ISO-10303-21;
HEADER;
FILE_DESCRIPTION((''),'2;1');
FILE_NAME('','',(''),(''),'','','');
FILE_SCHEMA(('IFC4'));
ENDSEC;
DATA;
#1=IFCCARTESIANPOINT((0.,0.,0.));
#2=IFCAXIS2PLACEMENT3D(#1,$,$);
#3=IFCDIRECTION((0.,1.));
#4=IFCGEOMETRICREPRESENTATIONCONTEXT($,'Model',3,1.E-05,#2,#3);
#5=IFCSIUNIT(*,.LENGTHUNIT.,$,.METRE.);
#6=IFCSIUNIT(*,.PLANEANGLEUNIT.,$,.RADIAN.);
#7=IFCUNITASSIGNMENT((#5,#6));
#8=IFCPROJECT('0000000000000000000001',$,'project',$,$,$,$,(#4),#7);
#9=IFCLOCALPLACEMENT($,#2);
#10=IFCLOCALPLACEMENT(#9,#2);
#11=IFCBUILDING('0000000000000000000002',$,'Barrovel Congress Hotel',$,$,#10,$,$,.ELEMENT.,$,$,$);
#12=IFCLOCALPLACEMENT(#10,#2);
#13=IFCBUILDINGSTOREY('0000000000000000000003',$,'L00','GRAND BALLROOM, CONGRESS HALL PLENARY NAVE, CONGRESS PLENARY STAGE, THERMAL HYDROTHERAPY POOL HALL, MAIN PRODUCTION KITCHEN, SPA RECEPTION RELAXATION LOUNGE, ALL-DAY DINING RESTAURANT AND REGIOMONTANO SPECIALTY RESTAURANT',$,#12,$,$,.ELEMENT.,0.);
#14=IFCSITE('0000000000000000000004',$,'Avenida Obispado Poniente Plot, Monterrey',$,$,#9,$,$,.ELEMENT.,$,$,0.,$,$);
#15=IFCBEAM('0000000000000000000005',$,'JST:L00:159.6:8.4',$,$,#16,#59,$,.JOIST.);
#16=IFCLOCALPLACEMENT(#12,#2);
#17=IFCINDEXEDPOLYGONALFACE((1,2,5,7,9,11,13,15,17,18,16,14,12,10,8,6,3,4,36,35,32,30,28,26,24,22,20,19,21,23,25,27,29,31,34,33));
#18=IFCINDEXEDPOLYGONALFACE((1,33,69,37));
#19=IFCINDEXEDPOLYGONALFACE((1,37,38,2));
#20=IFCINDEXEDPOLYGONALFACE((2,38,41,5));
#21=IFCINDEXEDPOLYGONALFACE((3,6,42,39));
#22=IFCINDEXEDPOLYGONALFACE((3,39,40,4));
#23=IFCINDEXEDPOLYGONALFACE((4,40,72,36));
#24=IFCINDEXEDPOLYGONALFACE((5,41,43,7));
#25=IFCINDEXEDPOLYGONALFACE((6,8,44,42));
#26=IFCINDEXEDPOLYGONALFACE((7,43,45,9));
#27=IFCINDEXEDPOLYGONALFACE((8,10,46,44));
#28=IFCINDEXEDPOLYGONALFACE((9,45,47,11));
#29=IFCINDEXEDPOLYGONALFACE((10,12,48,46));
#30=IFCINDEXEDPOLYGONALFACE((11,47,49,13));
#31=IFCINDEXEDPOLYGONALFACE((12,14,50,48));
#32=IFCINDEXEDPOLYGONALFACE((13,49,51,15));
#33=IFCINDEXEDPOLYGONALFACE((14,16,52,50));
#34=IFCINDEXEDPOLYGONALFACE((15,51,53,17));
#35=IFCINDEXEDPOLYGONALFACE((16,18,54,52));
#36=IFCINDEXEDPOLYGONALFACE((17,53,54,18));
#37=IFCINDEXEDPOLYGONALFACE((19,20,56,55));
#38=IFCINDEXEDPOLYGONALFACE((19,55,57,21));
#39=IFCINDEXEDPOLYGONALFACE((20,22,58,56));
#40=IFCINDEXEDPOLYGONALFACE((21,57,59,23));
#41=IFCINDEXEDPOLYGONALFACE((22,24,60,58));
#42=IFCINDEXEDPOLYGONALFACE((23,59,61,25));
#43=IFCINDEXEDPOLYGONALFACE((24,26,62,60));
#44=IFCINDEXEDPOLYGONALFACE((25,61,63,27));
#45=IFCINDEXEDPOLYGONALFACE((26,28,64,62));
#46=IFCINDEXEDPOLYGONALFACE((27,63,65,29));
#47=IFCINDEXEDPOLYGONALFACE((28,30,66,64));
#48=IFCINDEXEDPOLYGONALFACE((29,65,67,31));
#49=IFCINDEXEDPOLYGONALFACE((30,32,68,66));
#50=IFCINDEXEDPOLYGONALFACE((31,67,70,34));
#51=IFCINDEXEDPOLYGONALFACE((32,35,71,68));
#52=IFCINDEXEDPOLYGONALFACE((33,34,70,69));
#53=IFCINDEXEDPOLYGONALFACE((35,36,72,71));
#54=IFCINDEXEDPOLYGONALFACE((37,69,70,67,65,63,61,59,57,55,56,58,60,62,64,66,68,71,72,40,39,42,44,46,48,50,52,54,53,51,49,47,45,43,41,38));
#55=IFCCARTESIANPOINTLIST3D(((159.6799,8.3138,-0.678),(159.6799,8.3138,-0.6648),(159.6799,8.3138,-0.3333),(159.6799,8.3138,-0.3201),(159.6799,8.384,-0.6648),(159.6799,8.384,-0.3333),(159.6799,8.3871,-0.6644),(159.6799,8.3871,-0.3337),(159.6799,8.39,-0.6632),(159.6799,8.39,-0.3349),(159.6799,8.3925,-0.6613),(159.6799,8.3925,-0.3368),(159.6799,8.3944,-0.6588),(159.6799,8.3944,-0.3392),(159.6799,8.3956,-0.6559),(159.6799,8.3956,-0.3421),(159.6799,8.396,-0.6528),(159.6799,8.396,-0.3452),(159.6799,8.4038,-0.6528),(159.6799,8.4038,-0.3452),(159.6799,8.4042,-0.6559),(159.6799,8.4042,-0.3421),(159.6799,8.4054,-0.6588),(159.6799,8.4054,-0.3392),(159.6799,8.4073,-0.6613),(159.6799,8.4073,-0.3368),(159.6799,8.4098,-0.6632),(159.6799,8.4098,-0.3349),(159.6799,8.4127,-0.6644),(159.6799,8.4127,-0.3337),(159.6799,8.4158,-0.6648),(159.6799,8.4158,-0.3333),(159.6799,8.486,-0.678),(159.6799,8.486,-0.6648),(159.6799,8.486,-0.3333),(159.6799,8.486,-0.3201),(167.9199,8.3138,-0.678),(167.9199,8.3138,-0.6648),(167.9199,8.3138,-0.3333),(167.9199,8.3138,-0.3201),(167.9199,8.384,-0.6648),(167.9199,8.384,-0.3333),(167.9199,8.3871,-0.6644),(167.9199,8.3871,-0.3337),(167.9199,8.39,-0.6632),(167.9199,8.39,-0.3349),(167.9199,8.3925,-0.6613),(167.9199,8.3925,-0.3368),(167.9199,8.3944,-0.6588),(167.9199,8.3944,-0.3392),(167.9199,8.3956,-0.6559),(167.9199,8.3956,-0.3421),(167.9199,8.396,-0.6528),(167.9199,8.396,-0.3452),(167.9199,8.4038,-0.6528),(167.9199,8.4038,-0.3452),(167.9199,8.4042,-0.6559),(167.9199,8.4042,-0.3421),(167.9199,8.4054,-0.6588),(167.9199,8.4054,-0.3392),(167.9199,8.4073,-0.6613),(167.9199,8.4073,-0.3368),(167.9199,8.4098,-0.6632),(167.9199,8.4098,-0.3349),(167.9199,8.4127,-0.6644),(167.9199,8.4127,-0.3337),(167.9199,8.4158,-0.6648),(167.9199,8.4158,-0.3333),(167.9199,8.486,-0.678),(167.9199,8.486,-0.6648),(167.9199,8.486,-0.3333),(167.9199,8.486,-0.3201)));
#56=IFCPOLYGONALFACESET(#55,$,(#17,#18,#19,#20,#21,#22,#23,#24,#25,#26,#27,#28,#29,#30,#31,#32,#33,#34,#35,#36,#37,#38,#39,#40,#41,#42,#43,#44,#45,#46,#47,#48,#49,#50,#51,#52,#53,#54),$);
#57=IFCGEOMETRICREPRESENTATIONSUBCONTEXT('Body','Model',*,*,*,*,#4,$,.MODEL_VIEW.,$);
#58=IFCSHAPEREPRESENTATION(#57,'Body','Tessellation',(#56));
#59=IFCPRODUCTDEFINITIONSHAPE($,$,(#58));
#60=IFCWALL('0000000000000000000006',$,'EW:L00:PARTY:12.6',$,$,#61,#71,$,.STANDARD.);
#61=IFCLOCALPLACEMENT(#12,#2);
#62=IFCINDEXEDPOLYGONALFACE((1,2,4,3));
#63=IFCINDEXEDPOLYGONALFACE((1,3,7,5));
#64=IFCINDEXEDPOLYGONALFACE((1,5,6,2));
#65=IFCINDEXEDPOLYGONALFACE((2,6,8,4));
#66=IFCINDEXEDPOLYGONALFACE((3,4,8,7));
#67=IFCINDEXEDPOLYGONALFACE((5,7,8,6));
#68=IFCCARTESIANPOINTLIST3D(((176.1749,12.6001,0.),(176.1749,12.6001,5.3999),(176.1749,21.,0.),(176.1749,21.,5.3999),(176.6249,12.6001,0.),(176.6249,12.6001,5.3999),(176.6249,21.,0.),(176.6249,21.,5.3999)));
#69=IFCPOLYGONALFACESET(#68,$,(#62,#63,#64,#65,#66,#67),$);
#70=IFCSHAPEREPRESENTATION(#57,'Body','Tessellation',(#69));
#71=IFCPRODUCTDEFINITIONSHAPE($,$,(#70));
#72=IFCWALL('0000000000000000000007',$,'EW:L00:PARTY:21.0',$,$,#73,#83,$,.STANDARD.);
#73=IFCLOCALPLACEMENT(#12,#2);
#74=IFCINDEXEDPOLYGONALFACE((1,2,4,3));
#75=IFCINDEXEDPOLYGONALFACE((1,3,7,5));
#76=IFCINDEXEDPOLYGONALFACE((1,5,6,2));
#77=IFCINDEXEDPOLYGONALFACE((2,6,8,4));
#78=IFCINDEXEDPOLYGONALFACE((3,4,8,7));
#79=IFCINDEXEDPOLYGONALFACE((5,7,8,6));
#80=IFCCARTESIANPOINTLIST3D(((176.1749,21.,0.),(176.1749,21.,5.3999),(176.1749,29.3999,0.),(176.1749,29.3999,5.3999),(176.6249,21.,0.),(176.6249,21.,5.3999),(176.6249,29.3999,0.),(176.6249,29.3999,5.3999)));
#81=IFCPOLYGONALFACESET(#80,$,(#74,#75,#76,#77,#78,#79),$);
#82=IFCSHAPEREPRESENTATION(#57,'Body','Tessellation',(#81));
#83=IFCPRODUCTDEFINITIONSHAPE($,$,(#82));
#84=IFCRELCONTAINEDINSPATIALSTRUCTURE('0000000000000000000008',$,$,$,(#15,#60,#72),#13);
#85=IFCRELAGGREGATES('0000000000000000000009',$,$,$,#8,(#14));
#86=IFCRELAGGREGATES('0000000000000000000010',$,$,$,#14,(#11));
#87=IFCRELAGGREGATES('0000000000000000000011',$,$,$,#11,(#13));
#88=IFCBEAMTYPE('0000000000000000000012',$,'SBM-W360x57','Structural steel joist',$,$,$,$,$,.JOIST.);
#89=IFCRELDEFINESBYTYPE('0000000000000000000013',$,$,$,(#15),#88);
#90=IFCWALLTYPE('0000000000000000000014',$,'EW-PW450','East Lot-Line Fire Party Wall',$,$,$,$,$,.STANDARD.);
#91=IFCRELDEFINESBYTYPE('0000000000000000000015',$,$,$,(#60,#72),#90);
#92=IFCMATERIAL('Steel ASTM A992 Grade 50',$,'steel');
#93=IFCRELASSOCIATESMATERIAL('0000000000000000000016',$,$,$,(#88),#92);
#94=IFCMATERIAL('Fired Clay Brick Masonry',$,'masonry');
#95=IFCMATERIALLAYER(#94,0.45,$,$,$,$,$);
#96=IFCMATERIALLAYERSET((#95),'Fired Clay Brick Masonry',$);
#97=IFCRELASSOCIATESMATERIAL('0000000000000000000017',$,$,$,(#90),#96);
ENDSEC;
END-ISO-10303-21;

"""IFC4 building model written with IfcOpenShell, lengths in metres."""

from ifc_helpers import new_model, si_unit, direction, frame, frame_2d, origin, origin_2d, place, context, subcontext, project, spatial, rectangle, i_section, extrude, material, layer, layer_set, material_profile, profile_set, type_object, element, save


model = new_model("IFC4")

# Units and contexts
model_context = context("Model", 3, precision=1e-05, world=origin(), true_north=direction((0.0, 1.0)))
body_context = subcontext(model_context, "Body", "Model", "MODEL_VIEW")
ifc_project = project(units=[si_unit("LENGTHUNIT", "METRE"), si_unit("PLANEANGLEUNIT", "RADIAN")], contexts=[model_context])

# Site, building, storey
site_placement = place(None, origin())
site = spatial("IfcSite", under=ifc_project, at=site_placement, Name="Avenida Obispado Poniente Plot, Monterrey", CompositionType="ELEMENT", RefElevation=0.0)
building_placement = place(site_placement, origin())
building = spatial("IfcBuilding", under=site, at=building_placement, Name="Barrovel Congress Hotel", CompositionType="ELEMENT")
storey_placement = place(building_placement, origin())
storey = spatial("IfcBuildingStorey", under=building, at=storey_placement, Name="L00", Description="GRAND BALLROOM, CONGRESS HALL PLENARY NAVE, CONGRESS PLENARY STAGE, THERMAL HYDROTHERAPY POOL HALL, MAIN PRODUCTION KITCHEN, SPA RECEPTION RELAXATION LOUNGE, ALL-DAY DINING RESTAURANT AND REGIOMONTANO SPECIALTY RESTAURANT", CompositionType="ELEMENT", Elevation=0.0)

# Beam
ifc_material_1 = material(Name="Steel ASTM A992 Grade 50", Category="steel")
ifc_material_profile_1 = material_profile(ifc_material_1, i_section(OverallWidth=0.1721, OverallDepth=0.3579, WebThickness=0.0078, FlangeThickness=0.0132, FilletRadius=0.012, at=origin_2d()), Name="W360x57")
ifc_profile_set_1 = profile_set([ifc_material_profile_1], Name="Steel ASTM A992 Grade 50")
beam_type_1 = type_object("IfcBeamType", Name="SBM-W360x57", Description="Structural steel joist", PredefinedType="JOIST", material=ifc_profile_set_1)
beam_1_placement = place(storey_placement, frame((159.6799, 8.3999, -0.499), z_axis=(1.0, 0.0, 0.0), x_axis=(0.0, 1.0, 0.0)))
element("IfcBeam", 1, at=beam_1_placement, inside=storey, type_object=beam_type_1, Name="JST:L00:159.6:8.4", PredefinedType="JOIST", context=body_context, shape_type="SweptSolid", body=[
    extrude(i_section(OverallWidth=0.1721, OverallDepth=0.3579, WebThickness=0.0078, FlangeThickness=0.0132, FilletRadius=0.012, at=origin_2d()), origin(), (0.0, 0.0, 1.0), 8.24),
])

# Walls
ifc_material_2 = material(Name="Fired Clay Brick Masonry", Category="masonry")
ifc_layer = layer(ifc_material_2, 0.45)
ifc_layer_set = layer_set([ifc_layer], Name="Fired Clay Brick Masonry")
wall_type = type_object("IfcWallType", Name="EW-PW450", Description="East Lot-Line Fire Party Wall", PredefinedType="STANDARD", material=ifc_layer_set)
for number, where, z_axis, x_axis, name in (
    (2, (176.3999, 12.6001, 0.0), (0.0, 0.0, 1.0), (0.0, 1.0, 0.0), "EW:L00:PARTY:12.6"),
    (3, (176.3999, 21.0, 0.0), (0.0, 0.0, 1.0), (0.0, 1.0, 0.0), "EW:L00:PARTY:21.0"),
):
    element("IfcWall", number, at=place(storey_placement, frame(where, z_axis=z_axis, x_axis=x_axis)), inside=storey, type_object=wall_type, Name=name, PredefinedType="STANDARD", context=body_context, shape_type="SweptSolid", body=[
        extrude(rectangle(XDim=8.3999, YDim=0.45, at=frame_2d((4.2, 0.0))), origin(), (0.0, 0.0, 1.0), 5.3999),
    ])

save(model, "model.ifc")
